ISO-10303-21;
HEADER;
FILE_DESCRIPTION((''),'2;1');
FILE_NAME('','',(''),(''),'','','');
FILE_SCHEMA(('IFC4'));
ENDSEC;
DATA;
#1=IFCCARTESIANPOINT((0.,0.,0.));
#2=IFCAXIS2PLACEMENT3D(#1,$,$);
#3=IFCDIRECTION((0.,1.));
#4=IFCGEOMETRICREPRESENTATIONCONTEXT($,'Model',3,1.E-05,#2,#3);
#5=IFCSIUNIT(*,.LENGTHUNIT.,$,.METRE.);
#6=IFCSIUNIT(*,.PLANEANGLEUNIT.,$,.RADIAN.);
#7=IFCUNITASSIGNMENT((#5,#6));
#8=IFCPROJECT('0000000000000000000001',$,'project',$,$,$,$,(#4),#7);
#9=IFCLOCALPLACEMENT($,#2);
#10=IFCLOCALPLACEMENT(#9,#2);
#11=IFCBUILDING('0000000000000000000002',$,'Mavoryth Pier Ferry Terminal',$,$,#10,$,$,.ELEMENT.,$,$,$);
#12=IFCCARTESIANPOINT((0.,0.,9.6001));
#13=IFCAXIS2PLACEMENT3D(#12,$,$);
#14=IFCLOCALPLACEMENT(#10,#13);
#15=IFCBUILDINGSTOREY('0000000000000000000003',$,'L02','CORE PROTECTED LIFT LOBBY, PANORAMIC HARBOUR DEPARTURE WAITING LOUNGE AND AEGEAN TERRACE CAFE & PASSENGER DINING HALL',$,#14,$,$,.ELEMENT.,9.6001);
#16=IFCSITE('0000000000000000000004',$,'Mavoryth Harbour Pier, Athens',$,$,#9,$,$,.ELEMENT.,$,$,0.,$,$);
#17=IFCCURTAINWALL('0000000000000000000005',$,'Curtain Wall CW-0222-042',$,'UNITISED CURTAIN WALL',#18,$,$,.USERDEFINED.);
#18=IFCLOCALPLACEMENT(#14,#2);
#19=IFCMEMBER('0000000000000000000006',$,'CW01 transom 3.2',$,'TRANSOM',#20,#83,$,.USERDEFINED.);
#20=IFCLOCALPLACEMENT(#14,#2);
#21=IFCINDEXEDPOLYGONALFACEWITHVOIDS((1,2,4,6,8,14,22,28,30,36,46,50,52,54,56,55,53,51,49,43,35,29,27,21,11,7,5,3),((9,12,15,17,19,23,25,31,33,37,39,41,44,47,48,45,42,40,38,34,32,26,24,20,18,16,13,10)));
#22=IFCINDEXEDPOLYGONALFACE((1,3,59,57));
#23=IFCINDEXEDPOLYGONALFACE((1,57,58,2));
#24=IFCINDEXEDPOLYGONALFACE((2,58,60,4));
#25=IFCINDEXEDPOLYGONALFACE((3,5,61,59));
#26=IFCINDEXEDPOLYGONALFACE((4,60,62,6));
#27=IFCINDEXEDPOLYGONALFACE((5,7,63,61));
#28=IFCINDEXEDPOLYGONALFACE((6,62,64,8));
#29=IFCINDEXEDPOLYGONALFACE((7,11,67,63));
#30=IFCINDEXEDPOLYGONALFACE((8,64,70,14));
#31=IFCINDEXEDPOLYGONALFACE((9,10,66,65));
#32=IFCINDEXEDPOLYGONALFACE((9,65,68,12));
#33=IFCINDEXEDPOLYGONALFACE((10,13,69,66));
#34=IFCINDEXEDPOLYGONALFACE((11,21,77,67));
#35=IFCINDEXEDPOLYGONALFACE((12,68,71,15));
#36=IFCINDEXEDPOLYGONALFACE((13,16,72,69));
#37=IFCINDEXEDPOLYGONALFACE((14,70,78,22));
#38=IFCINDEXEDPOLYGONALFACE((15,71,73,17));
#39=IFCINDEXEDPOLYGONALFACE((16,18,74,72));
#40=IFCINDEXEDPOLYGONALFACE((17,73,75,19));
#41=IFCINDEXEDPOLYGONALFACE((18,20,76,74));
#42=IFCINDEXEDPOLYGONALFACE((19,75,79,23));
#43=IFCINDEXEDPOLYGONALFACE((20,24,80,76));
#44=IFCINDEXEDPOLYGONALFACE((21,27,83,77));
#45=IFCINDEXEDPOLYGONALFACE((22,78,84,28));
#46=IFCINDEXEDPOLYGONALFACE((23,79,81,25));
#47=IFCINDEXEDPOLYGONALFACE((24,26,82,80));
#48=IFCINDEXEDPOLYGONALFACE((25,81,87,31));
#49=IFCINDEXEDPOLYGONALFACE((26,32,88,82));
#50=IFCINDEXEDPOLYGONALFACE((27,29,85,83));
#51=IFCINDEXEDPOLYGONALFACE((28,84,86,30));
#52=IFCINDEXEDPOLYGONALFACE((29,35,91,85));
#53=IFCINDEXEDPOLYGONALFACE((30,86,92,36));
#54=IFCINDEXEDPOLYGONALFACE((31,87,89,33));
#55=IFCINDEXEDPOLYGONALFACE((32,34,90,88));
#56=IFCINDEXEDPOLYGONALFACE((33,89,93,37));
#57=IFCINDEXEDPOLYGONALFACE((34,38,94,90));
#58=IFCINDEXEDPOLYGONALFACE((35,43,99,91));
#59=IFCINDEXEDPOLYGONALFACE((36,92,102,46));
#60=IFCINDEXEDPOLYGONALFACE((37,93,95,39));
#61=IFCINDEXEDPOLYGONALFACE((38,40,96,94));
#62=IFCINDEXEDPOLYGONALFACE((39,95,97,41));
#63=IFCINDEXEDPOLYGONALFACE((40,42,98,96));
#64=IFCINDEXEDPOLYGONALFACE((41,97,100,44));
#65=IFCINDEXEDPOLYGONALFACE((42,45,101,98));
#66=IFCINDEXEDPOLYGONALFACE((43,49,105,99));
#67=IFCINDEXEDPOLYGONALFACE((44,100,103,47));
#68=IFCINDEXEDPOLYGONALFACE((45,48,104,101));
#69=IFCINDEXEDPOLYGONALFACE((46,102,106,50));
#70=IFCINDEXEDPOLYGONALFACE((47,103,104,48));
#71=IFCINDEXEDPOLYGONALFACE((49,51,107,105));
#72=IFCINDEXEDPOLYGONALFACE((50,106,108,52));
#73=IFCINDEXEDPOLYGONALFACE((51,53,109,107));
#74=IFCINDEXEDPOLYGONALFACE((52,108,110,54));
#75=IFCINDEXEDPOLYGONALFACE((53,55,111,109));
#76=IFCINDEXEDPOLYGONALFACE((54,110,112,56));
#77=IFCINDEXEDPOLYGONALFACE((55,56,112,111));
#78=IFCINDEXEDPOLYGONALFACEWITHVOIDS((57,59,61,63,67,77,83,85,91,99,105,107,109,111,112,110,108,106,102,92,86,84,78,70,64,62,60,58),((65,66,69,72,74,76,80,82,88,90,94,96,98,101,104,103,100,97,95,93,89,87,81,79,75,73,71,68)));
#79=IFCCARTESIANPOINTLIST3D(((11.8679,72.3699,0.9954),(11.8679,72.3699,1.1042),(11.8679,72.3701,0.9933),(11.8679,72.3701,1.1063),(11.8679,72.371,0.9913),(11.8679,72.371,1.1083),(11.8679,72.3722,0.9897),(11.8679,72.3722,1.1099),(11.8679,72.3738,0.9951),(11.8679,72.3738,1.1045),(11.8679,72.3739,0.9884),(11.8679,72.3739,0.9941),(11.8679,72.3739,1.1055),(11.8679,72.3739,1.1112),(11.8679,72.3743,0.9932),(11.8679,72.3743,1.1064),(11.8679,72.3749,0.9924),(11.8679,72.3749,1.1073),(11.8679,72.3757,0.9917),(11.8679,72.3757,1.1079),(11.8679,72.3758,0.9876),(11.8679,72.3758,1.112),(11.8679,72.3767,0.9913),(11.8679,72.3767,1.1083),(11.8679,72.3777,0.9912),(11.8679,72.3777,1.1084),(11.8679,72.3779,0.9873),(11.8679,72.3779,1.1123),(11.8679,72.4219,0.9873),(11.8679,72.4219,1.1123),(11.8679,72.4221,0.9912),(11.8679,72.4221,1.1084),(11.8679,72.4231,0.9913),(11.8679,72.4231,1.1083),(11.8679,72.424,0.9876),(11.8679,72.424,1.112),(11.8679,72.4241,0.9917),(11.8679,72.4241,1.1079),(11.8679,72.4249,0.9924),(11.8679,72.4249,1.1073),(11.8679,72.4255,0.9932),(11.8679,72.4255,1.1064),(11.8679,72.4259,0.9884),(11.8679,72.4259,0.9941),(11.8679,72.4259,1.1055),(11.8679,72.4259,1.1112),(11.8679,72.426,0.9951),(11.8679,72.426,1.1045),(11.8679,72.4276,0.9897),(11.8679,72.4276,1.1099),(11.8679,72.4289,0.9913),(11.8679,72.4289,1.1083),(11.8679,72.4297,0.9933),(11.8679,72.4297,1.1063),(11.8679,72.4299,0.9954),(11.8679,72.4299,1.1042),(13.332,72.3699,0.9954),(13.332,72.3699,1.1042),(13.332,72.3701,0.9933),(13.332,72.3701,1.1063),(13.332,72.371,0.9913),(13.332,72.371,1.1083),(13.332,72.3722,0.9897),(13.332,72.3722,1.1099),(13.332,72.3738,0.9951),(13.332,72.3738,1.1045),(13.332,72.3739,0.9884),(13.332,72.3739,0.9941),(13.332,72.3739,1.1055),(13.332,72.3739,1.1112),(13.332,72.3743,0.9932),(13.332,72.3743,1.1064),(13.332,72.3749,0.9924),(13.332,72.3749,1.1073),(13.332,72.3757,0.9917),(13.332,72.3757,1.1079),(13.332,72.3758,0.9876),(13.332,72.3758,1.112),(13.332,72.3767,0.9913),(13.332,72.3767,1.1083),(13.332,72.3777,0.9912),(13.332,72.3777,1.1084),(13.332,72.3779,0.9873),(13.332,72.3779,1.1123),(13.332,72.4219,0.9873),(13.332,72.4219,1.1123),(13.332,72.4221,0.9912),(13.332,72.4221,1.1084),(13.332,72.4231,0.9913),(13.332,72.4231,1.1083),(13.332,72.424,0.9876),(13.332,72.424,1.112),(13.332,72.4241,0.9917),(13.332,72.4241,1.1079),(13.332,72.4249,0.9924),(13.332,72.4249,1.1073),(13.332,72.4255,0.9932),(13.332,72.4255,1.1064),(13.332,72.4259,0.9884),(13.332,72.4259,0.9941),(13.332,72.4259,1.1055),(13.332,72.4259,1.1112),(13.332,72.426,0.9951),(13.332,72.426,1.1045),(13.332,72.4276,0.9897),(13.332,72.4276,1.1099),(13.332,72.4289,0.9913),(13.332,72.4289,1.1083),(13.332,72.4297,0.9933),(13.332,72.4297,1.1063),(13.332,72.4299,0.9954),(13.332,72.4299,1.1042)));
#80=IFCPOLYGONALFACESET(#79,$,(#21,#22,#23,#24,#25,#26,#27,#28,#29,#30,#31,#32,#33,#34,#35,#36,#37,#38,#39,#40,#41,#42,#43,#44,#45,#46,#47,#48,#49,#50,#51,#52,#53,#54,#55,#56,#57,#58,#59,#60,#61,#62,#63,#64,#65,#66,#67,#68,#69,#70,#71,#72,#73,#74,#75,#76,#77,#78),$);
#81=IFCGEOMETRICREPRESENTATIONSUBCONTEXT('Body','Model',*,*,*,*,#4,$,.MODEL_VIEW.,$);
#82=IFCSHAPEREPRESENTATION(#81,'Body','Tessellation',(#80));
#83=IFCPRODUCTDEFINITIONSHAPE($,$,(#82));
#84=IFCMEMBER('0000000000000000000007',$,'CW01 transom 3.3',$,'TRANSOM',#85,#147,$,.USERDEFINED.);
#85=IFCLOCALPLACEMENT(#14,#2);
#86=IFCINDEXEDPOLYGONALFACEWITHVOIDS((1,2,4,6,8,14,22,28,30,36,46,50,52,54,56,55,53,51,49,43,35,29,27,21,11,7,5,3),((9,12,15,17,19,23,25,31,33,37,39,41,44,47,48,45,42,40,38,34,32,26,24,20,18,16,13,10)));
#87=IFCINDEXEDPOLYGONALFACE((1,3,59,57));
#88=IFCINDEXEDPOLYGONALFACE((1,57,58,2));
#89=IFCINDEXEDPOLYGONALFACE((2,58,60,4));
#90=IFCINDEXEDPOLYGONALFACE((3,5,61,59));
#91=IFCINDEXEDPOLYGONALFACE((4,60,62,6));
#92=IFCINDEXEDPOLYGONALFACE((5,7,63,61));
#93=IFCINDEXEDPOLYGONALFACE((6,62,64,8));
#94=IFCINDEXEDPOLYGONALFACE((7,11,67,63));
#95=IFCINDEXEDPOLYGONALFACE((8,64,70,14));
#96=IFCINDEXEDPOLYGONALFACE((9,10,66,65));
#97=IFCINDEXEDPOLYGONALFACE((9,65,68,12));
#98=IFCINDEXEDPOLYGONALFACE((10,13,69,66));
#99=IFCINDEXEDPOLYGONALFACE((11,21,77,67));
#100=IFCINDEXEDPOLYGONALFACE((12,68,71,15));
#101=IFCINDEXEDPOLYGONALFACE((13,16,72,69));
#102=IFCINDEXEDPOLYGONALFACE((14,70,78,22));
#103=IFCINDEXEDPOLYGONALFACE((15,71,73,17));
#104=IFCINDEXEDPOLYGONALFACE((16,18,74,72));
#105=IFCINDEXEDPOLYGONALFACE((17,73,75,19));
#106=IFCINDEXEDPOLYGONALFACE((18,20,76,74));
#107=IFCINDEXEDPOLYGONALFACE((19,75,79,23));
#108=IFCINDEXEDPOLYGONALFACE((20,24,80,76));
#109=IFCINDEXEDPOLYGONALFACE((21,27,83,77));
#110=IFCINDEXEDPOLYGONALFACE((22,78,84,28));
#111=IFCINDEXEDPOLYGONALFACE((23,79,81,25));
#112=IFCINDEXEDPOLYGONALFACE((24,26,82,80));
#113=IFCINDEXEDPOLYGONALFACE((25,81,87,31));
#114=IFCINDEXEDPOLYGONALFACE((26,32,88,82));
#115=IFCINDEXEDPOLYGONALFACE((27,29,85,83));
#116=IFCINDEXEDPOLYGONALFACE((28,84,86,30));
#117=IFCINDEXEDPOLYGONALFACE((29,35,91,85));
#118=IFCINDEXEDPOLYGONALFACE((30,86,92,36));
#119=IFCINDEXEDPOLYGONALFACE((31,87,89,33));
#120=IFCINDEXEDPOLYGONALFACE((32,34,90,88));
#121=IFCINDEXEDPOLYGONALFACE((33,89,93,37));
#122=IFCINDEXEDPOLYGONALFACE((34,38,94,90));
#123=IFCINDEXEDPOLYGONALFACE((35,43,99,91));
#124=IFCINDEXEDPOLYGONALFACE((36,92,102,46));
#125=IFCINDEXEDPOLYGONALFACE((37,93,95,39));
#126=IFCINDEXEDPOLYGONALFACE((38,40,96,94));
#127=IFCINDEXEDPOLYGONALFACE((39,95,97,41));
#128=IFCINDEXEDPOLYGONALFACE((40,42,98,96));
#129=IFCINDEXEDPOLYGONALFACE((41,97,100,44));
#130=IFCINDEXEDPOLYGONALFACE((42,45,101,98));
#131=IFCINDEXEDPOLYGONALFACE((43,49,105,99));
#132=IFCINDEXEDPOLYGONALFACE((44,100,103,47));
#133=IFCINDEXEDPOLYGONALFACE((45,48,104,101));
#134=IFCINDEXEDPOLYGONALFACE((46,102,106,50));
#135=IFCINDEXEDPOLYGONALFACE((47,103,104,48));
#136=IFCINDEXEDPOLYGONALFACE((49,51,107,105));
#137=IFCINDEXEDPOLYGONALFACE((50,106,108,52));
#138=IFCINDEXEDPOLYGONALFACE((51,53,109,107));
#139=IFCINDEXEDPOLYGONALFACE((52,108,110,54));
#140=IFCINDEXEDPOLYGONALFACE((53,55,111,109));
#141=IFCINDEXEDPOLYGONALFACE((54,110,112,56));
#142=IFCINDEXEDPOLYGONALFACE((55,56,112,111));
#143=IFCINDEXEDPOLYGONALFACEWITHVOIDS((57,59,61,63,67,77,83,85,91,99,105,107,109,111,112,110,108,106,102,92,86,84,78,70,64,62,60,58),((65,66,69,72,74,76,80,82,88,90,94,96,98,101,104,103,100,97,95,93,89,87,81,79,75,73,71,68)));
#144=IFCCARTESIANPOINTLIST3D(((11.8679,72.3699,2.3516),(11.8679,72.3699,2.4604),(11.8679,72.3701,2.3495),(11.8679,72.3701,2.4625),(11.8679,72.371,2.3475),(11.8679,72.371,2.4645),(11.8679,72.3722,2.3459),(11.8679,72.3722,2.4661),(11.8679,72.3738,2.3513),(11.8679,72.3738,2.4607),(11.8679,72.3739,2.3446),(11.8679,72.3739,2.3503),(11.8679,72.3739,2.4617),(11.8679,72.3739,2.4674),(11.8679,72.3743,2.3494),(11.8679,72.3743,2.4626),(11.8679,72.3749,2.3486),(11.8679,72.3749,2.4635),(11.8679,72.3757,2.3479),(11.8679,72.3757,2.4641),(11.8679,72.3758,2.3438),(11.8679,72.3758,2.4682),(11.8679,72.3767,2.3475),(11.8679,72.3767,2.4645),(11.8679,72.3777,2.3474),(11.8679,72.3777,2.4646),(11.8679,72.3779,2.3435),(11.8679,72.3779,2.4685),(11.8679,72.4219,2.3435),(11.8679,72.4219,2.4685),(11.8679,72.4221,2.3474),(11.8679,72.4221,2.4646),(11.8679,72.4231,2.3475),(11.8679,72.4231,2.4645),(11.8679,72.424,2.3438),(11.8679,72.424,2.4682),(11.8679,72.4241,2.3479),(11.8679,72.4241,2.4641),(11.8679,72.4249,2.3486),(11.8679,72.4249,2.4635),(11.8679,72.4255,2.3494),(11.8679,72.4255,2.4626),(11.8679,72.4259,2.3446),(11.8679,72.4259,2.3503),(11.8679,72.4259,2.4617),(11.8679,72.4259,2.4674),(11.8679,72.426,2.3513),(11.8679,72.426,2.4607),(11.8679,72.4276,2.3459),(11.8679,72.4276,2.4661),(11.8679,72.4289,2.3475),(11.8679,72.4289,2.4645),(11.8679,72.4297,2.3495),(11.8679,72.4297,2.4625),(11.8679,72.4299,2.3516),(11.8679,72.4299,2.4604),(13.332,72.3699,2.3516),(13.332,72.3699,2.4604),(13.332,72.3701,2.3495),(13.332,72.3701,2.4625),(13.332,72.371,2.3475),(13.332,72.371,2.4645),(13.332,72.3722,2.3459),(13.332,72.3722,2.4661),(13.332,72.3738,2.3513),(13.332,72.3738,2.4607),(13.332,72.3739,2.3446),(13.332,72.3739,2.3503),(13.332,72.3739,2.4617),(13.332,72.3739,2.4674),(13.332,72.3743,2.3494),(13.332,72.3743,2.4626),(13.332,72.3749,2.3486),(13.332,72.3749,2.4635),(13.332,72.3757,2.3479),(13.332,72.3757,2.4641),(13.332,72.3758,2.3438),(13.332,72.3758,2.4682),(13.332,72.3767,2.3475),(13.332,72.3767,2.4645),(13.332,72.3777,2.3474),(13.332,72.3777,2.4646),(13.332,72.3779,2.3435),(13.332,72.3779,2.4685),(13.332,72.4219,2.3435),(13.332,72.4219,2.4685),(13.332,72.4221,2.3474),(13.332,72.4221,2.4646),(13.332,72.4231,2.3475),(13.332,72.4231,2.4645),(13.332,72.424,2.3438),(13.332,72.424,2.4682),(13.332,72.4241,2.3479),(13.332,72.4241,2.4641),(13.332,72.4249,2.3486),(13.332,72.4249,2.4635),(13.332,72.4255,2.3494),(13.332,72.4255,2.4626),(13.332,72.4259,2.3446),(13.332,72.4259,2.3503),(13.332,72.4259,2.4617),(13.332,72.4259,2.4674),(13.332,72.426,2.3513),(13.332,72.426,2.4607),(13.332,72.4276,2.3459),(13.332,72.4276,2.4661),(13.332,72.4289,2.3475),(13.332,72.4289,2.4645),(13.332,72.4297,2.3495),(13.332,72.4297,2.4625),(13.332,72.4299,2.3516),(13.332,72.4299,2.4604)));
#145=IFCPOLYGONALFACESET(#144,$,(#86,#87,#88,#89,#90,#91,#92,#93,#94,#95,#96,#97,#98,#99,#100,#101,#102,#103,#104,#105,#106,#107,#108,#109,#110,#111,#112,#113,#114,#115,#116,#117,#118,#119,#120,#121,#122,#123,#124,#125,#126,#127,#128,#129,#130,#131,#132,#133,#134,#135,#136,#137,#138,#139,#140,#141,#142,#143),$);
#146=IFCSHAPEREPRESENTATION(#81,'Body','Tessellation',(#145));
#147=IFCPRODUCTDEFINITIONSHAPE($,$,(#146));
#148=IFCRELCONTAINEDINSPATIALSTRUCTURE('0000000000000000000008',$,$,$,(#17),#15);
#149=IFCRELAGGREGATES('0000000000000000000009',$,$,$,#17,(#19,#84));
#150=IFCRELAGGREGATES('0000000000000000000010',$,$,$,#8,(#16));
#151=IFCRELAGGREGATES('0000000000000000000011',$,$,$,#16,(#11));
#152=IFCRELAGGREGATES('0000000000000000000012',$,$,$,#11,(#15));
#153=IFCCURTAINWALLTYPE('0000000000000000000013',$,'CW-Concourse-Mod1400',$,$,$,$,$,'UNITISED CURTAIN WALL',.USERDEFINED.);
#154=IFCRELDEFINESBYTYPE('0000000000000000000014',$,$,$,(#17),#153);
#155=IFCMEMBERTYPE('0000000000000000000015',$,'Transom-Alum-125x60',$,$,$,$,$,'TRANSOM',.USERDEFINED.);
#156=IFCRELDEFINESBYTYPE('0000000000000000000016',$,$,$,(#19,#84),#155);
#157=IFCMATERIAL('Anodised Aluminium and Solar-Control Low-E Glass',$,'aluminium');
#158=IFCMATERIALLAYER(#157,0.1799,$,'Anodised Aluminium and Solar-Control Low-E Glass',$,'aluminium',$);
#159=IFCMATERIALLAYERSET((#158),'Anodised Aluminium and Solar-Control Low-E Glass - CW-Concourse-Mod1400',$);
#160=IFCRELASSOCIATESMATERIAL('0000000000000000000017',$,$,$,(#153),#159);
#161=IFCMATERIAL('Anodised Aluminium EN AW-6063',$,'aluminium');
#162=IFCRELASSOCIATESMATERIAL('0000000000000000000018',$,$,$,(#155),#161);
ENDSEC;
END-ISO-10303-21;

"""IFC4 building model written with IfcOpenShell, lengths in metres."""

from ifc_helpers import new_model, si_unit, direction, frame, origin, origin_2d, place, context, subcontext, project, spatial, hollow_rectangle, extrude, material, layer, layer_set, material_profile, profile_set, type_object, element, aggregate, save


model = new_model("IFC4")

# Units and contexts
model_context = context("Model", 3, precision=1e-05, world=origin(), true_north=direction((0.0, 1.0)))
body_context = subcontext(model_context, "Body", "Model", "MODEL_VIEW")
ifc_project = project(units=[si_unit("LENGTHUNIT", "METRE"), si_unit("PLANEANGLEUNIT", "RADIAN")], contexts=[model_context])

# Site, building, storey
site_placement = place(None, origin())
site = spatial("IfcSite", under=ifc_project, at=site_placement, Name="Mavoryth Harbour Pier, Athens", CompositionType="ELEMENT", RefElevation=0.0)
building_placement = place(site_placement, origin())
building = spatial("IfcBuilding", under=site, at=building_placement, Name="Mavoryth Pier Ferry Terminal", CompositionType="ELEMENT")
storey_placement = place(building_placement, frame((0.0, 0.0, 9.6001)))
storey = spatial("IfcBuildingStorey", under=building, at=storey_placement, Name="L02", Description="CORE PROTECTED LIFT LOBBY, PANORAMIC HARBOUR DEPARTURE WAITING LOUNGE AND AEGEAN TERRACE CAFE & PASSENGER DINING HALL", CompositionType="ELEMENT", Elevation=9.6001)

# Shared definitions
ifc_material_1 = material(Name="Anodised Aluminium and Solar-Control Low-E Glass", Category="aluminium")
ifc_layer_1 = layer(ifc_material_1, 0.1799, Name="Anodised Aluminium and Solar-Control Low-E Glass", Category="aluminium")
ifc_layer_set_1 = layer_set([ifc_layer_1], Name="Anodised Aluminium and Solar-Control Low-E Glass - CW-Concourse-Mod1400")
curtain_wall_type = type_object("IfcCurtainWallType", Name="CW-Concourse-Mod1400", ElementType="UNITISED CURTAIN WALL", PredefinedType="USERDEFINED", material=ifc_layer_set_1)
ifc_material_2 = material(Name="Anodised Aluminium EN AW-6063", Category="aluminium")

# Curtain wall
curtain_wall_1_placement = place(storey_placement, origin())
curtain_wall_1 = element("IfcCurtainWall", 1, at=curtain_wall_1_placement, inside=storey, type_object=curtain_wall_type, Name="Curtain Wall CW-0222-042", ObjectType="UNITISED CURTAIN WALL", PredefinedType="USERDEFINED")

# Members
ifc_material_profile_1 = material_profile(ifc_material_2, hollow_rectangle(XDim=0.0601, YDim=0.125, WallThickness=0.0039, InnerFilletRadius=0.0039, OuterFilletRadius=0.0081, at=origin_2d()), Name="AL-TRAN 125x60x4", Category="aluminium")
ifc_profile_set_1 = profile_set([ifc_material_profile_1], Name="Anodised Aluminium EN AW-6063 - AL-TRAN 125x60x4")
member_type_1 = type_object("IfcMemberType", Name="Transom-Alum-125x60", ElementType="TRANSOM", PredefinedType="USERDEFINED", material=ifc_profile_set_1)
member_1_placement = place(storey_placement, frame((11.8679, 72.3999, 1.0498), z_axis=(1.0, 0.0, 0.0), x_axis=(0.0, 1.0, 0.0)))
member_1 = element("IfcMember", 2, at=member_1_placement, type_object=member_type_1, Name="CW01 transom 3.2", ObjectType="TRANSOM", PredefinedType="USERDEFINED", context=body_context, shape_type="SweptSolid", body=[
    extrude(hollow_rectangle(XDim=0.0601, YDim=0.125, WallThickness=0.0039, InnerFilletRadius=0.0039, OuterFilletRadius=0.0081, at=origin_2d()), origin(), (0.0, 0.0, 1.0), 1.4641),
])
member_2_placement = place(storey_placement, frame((11.8679, 72.3999, 2.406), z_axis=(1.0, 0.0, 0.0), x_axis=(0.0, 1.0, 0.0)))
member_2 = element("IfcMember", 3, at=member_2_placement, type_object=member_type_1, Name="CW01 transom 3.3", ObjectType="TRANSOM", PredefinedType="USERDEFINED", context=body_context, shape_type="SweptSolid", body=[
    extrude(hollow_rectangle(XDim=0.0601, YDim=0.125, WallThickness=0.0039, InnerFilletRadius=0.0039, OuterFilletRadius=0.0081, at=origin_2d()), origin(), (0.0, 0.0, 1.0), 1.4641),
])

aggregate(curtain_wall_1, [member_1, member_2])

save(model, "model.ifc")
